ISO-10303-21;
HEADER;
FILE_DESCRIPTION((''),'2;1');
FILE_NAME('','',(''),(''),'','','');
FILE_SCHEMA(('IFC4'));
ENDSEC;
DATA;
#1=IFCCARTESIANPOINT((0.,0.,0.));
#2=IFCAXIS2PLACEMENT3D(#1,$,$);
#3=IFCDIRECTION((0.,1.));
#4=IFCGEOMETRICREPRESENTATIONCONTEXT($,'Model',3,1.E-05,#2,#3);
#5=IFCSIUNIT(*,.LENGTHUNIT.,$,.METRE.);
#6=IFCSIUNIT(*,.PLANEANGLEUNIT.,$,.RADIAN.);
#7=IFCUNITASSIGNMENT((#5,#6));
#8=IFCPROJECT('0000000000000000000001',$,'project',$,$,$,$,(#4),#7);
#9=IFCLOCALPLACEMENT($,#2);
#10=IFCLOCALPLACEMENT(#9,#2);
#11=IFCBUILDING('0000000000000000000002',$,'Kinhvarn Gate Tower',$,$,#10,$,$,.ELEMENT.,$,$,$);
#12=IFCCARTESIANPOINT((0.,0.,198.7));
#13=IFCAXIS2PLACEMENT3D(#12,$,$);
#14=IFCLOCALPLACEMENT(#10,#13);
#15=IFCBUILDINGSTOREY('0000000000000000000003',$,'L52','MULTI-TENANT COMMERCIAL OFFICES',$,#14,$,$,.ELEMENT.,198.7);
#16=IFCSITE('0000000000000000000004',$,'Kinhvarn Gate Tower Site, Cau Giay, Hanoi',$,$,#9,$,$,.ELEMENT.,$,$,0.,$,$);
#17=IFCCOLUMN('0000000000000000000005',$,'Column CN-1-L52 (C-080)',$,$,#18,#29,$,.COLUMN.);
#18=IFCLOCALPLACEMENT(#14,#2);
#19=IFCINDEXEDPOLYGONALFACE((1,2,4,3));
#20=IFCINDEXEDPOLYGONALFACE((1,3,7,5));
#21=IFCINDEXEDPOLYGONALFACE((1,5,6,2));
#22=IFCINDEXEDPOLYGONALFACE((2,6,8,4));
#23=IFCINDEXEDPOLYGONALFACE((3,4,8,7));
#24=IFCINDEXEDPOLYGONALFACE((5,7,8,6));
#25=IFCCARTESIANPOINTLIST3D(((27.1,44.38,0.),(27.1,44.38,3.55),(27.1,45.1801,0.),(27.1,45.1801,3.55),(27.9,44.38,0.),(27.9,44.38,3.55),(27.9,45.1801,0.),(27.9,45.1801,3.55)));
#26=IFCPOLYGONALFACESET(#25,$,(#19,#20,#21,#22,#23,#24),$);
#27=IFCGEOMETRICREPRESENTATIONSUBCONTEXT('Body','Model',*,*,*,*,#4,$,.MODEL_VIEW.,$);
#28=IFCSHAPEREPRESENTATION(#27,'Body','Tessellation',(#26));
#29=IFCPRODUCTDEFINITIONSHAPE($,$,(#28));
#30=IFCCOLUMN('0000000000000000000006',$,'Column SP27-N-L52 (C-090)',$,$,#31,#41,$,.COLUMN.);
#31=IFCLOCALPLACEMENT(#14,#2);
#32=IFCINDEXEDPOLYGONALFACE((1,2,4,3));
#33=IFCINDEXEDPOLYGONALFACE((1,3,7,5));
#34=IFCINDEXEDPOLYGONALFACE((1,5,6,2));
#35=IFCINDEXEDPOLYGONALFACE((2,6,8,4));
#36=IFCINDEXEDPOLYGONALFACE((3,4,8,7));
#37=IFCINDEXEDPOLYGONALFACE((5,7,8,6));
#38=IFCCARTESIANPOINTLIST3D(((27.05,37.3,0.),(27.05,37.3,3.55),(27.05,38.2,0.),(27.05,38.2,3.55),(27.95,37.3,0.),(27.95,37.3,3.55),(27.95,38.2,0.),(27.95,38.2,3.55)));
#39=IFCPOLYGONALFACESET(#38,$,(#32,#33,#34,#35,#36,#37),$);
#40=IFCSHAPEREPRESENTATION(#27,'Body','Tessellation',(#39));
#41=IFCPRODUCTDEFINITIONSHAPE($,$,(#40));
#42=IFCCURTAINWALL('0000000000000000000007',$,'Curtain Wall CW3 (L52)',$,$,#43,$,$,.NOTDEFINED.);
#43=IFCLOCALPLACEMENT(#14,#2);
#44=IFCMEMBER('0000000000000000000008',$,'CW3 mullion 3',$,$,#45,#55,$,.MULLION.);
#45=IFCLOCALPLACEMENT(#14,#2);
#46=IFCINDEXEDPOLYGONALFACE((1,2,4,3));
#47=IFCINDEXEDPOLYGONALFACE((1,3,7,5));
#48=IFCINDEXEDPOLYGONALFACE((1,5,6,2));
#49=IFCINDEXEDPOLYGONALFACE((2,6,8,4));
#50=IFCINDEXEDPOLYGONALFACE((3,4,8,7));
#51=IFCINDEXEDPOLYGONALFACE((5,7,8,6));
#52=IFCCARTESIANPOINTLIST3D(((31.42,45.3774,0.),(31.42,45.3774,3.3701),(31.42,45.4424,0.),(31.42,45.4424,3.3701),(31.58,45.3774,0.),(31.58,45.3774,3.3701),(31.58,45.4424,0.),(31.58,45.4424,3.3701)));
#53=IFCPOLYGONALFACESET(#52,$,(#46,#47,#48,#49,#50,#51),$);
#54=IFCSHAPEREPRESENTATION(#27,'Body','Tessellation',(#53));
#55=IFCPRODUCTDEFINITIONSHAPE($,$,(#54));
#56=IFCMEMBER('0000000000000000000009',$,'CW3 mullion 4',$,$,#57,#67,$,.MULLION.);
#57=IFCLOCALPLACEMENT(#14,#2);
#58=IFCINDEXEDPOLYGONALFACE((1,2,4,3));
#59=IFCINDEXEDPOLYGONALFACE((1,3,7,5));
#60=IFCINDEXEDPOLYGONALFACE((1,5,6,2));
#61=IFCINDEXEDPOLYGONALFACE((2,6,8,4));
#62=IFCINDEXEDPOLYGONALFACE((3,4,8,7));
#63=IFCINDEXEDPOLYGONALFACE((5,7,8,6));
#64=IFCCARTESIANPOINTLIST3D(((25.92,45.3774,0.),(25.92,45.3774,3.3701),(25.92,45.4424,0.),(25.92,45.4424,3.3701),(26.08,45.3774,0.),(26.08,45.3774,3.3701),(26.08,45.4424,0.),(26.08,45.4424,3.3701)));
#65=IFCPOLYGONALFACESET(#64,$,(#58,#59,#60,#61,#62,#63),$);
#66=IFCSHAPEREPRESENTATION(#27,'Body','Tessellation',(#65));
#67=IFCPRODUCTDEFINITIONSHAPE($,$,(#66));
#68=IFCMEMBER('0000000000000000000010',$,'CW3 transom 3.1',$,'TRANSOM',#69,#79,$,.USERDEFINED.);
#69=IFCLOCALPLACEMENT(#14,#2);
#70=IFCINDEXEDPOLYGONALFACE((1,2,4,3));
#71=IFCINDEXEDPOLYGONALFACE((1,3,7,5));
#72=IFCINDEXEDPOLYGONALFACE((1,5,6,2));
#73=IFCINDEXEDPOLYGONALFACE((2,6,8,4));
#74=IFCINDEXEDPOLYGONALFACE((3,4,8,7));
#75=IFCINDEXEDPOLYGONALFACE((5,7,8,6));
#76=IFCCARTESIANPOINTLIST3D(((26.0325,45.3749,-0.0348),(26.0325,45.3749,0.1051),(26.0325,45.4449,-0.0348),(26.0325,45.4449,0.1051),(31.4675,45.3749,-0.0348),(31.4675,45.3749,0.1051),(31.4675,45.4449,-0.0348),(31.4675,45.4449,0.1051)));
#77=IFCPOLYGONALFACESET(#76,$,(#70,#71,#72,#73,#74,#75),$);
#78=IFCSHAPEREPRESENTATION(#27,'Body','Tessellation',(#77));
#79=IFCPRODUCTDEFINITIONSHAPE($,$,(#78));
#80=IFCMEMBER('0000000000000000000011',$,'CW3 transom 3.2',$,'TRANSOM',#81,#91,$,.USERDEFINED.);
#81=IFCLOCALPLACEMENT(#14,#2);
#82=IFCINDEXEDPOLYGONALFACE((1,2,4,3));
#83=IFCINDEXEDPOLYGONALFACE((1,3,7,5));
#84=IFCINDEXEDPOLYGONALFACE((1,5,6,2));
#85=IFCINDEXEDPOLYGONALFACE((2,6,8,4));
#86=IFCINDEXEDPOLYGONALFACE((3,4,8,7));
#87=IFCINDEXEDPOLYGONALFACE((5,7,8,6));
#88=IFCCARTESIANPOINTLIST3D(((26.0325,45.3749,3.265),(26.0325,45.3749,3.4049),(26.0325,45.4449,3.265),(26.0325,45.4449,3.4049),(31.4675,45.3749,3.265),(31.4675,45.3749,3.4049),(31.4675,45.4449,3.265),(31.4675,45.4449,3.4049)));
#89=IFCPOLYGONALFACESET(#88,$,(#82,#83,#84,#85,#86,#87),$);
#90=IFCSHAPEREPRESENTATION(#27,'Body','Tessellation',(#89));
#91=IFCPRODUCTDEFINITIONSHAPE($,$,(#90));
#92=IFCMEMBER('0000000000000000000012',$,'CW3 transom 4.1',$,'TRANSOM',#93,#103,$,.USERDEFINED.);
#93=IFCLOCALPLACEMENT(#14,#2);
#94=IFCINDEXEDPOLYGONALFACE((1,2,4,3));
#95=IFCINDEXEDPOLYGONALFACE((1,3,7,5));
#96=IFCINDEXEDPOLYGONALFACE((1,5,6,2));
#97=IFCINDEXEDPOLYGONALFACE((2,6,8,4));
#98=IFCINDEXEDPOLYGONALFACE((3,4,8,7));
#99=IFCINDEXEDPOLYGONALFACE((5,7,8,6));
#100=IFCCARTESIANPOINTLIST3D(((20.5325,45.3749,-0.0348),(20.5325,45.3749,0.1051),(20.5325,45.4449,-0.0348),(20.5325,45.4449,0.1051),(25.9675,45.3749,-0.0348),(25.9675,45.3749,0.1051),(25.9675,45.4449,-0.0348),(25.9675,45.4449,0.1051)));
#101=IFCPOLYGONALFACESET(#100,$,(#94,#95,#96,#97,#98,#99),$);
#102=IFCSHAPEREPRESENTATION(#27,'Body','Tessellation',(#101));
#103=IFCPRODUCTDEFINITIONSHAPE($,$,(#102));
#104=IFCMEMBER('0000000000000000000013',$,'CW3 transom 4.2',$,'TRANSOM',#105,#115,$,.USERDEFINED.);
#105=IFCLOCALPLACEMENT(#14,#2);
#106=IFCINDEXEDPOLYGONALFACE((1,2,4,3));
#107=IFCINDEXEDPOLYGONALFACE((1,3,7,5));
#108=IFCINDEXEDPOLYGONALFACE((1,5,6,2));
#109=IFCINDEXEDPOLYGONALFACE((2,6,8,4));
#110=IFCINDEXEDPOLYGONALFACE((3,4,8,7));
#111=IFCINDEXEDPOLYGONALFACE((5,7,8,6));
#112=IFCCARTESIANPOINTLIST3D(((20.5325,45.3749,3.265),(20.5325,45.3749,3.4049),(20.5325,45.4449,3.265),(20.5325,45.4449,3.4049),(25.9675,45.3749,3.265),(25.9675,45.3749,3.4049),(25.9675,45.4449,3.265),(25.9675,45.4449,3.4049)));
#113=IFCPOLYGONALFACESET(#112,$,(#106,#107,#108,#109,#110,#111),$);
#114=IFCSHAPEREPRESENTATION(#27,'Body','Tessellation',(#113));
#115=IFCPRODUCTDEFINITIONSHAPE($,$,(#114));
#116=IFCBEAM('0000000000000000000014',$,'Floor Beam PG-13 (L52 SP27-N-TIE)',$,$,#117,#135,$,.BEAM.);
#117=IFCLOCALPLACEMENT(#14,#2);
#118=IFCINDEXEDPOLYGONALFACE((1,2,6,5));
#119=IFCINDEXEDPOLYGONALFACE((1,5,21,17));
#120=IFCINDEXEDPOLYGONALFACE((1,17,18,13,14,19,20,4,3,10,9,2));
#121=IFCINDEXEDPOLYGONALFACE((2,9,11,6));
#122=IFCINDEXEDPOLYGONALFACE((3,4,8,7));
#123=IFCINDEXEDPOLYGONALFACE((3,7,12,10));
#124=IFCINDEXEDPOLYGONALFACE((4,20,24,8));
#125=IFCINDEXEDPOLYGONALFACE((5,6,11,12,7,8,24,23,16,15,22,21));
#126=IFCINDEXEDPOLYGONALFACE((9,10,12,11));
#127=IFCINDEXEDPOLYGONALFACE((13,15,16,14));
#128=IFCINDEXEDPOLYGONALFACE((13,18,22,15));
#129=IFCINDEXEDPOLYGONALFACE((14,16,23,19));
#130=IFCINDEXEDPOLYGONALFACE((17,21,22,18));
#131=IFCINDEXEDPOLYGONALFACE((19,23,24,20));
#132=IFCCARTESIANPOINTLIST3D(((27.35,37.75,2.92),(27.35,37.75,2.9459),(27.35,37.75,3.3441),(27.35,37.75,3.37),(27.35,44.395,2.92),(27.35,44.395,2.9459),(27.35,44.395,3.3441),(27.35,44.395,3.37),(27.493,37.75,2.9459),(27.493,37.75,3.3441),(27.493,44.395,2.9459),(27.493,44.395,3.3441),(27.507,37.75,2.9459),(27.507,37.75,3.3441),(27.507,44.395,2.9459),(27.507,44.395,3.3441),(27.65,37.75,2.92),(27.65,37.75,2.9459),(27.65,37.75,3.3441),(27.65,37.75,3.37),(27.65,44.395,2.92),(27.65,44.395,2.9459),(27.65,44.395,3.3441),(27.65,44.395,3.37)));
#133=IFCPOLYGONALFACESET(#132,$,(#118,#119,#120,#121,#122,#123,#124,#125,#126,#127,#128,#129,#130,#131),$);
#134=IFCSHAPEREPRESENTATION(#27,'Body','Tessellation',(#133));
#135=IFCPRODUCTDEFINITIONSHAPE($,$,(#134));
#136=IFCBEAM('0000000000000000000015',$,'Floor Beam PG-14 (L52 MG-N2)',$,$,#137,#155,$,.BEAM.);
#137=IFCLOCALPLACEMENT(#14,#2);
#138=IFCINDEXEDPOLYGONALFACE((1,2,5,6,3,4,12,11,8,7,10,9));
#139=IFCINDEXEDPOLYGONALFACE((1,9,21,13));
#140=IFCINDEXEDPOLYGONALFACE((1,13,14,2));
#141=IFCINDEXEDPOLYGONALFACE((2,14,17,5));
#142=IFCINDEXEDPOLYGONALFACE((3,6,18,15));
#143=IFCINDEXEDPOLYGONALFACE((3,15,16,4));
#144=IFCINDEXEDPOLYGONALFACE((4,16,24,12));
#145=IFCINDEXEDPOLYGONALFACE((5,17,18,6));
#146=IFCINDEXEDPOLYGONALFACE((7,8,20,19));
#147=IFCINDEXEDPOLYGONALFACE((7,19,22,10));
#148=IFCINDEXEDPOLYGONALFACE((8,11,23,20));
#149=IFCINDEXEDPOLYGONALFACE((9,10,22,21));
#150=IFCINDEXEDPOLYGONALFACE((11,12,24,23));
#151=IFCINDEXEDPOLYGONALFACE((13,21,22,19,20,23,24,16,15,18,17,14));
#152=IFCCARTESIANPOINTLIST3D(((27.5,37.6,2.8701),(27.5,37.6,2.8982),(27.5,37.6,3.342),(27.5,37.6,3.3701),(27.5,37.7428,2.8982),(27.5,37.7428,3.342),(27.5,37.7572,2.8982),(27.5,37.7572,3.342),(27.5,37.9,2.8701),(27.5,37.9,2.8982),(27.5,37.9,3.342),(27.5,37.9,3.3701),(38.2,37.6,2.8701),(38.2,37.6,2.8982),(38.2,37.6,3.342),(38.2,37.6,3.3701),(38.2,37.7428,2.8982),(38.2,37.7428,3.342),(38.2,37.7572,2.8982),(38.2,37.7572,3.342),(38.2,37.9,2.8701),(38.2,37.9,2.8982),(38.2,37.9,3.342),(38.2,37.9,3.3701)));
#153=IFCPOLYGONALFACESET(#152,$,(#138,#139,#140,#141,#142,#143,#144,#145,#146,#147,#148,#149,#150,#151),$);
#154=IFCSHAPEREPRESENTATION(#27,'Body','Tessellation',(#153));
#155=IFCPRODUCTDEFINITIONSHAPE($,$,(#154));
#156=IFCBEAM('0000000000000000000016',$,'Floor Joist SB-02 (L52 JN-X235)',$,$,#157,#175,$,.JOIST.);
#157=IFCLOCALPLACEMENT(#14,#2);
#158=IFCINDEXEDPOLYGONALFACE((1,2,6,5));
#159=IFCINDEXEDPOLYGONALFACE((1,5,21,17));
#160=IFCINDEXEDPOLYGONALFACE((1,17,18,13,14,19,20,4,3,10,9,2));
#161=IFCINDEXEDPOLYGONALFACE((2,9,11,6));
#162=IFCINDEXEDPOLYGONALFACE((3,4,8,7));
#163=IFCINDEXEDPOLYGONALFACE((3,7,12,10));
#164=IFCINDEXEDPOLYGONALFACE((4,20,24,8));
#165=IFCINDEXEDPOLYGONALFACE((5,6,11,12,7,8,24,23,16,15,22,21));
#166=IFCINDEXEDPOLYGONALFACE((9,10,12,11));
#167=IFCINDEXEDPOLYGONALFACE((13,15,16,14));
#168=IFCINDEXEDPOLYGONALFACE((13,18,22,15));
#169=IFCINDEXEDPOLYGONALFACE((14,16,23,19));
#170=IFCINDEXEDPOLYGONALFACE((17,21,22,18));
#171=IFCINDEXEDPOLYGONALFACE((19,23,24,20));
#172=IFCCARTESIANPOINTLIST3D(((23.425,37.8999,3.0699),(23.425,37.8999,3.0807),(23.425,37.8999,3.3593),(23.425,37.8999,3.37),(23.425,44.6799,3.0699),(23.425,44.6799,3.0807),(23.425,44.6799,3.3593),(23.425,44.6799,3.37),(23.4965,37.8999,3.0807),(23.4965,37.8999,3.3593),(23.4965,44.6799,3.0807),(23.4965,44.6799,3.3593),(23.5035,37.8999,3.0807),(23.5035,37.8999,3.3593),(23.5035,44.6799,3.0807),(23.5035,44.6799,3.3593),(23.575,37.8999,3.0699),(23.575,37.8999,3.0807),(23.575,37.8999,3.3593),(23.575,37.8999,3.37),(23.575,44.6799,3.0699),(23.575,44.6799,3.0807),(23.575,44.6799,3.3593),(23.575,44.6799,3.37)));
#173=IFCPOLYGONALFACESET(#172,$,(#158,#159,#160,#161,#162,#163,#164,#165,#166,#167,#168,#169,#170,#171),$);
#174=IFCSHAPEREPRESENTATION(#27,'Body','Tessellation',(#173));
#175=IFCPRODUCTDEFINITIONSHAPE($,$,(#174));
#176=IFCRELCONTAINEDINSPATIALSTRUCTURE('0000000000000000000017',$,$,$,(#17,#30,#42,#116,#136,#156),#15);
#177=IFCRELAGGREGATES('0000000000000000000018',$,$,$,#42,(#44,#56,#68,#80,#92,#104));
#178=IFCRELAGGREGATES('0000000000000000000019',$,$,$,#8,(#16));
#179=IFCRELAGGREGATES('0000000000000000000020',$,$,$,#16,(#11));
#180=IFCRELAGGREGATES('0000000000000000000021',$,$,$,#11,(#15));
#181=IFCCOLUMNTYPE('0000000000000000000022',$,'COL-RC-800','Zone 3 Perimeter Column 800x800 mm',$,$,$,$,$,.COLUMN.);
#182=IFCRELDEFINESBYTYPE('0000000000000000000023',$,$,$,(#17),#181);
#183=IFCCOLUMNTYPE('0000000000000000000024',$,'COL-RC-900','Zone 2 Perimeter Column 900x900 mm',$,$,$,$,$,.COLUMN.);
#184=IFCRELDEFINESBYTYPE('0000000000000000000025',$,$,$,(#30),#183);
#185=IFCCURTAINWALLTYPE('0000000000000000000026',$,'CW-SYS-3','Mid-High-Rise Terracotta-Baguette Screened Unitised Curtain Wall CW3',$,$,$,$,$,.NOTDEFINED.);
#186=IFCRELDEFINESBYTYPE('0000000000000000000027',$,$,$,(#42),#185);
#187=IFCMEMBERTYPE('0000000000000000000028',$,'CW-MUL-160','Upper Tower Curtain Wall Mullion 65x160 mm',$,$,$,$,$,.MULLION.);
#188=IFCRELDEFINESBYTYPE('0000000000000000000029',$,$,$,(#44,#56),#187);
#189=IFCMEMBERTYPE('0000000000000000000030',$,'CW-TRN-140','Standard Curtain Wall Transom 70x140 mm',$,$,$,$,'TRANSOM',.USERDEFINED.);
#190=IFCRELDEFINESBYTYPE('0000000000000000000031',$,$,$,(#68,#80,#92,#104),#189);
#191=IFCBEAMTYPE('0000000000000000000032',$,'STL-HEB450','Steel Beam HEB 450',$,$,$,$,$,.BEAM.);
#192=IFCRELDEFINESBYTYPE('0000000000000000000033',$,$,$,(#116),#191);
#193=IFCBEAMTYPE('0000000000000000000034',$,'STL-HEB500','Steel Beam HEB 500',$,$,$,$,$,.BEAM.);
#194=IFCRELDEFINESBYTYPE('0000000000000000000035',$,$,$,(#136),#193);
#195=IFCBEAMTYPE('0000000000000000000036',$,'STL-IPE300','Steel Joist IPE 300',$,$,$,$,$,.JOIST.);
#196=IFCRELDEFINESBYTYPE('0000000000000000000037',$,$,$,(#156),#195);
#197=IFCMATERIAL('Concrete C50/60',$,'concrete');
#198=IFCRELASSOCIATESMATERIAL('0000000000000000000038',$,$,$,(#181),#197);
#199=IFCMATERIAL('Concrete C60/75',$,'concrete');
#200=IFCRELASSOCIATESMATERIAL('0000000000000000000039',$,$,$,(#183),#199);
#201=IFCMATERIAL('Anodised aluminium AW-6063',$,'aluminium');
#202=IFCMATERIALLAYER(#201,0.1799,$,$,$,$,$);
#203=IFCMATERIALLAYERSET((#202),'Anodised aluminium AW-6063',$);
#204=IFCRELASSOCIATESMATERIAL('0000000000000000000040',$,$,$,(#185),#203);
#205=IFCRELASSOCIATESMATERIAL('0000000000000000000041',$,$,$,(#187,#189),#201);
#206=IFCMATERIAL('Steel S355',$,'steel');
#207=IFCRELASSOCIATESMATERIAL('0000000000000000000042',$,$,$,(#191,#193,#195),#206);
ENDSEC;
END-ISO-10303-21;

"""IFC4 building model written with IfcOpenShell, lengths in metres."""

from ifc_helpers import new_model, si_unit, direction, frame, origin, origin_2d, place, context, subcontext, project, spatial, rectangle, i_section, extrude, material, layer, layer_set, material_profile, profile_set, type_object, element, aggregate, save


model = new_model("IFC4")

# Units and contexts
model_context = context("Model", 3, precision=1e-05, world=origin(), true_north=direction((0.0, 1.0)))
body_context = subcontext(model_context, "Body", "Model", "MODEL_VIEW")
ifc_project = project(units=[si_unit("LENGTHUNIT", "METRE"), si_unit("PLANEANGLEUNIT", "RADIAN")], contexts=[model_context])

# Site, building, storey
site_placement = place(None, origin())
site = spatial("IfcSite", under=ifc_project, at=site_placement, Name="Kinhvarn Gate Tower Site, Cau Giay, Hanoi", CompositionType="ELEMENT", RefElevation=0.0)
building_placement = place(site_placement, origin())
building = spatial("IfcBuilding", under=site, at=building_placement, Name="Kinhvarn Gate Tower", CompositionType="ELEMENT")
storey_placement = place(building_placement, frame((0.0, 0.0, 198.7)))
storey = spatial("IfcBuildingStorey", under=building, at=storey_placement, Name="L52", Description="MULTI-TENANT COMMERCIAL OFFICES", CompositionType="ELEMENT", Elevation=198.7)

# Columns
ifc_material_1 = material(Name="Concrete C50/60", Category="concrete")
ifc_material_profile_1 = material_profile(ifc_material_1, rectangle(XDim=0.8, YDim=0.8, at=origin_2d()), Name="RC 800x800")
ifc_profile_set_1 = profile_set([ifc_material_profile_1], Name="Concrete C50/60")
column_type_1 = type_object("IfcColumnType", Name="COL-RC-800", Description="Zone 3 Perimeter Column 800x800 mm", PredefinedType="COLUMN", material=ifc_profile_set_1)
column_1_placement = place(storey_placement, frame((27.5, 44.78, 0.0), z_axis=(0.0, 0.0, 1.0), x_axis=(1.0, 0.0, 0.0)))
element("IfcColumn", 1, at=column_1_placement, inside=storey, type_object=column_type_1, Name="Column CN-1-L52 (C-080)", PredefinedType="COLUMN", context=body_context, shape_type="SweptSolid", body=[
    extrude(rectangle(XDim=0.8, YDim=0.8, at=origin_2d()), origin(), (0.0, 0.0, 1.0), 3.55),
])
ifc_material_2 = material(Name="Concrete C60/75", Category="concrete")
ifc_material_profile_2 = material_profile(ifc_material_2, rectangle(XDim=0.8999, YDim=0.8999, at=origin_2d()), Name="RC 900x900")
ifc_profile_set_2 = profile_set([ifc_material_profile_2], Name="Concrete C60/75")
column_type_2 = type_object("IfcColumnType", Name="COL-RC-900", Description="Zone 2 Perimeter Column 900x900 mm", PredefinedType="COLUMN", material=ifc_profile_set_2)
column_2_placement = place(storey_placement, frame((27.5, 37.75, 0.0), z_axis=(0.0, 0.0, 1.0), x_axis=(1.0, 0.0, 0.0)))
element("IfcColumn", 2, at=column_2_placement, inside=storey, type_object=column_type_2, Name="Column SP27-N-L52 (C-090)", PredefinedType="COLUMN", context=body_context, shape_type="SweptSolid", body=[
    extrude(rectangle(XDim=0.8999, YDim=0.8999, at=origin_2d()), origin(), (0.0, 0.0, 1.0), 3.55),
])

# Curtain wall, members
ifc_material_3 = material(Name="Anodised aluminium AW-6063", Category="aluminium")
ifc_layer_1 = layer(ifc_material_3, 0.1799)
ifc_layer_set_1 = layer_set([ifc_layer_1], Name="Anodised aluminium AW-6063")
curtain_wall_type = type_object("IfcCurtainWallType", Name="CW-SYS-3", Description="Mid-High-Rise Terracotta-Baguette Screened Unitised Curtain Wall CW3", PredefinedType="NOTDEFINED", material=ifc_layer_set_1)
curtain_wall_placement = place(storey_placement, origin())
curtain_wall = element("IfcCurtainWall", 3, at=curtain_wall_placement, inside=storey, type_object=curtain_wall_type, Name="Curtain Wall CW3 (L52)", PredefinedType="NOTDEFINED")
ifc_material_profile_3 = material_profile(ifc_material_3, rectangle(XDim=0.0649, YDim=0.1599, at=origin_2d()), Name="ALU 65x160")
ifc_profile_set_3 = profile_set([ifc_material_profile_3], Name="Anodised aluminium AW-6063")
member_type_1 = type_object("IfcMemberType", Name="CW-MUL-160", Description="Upper Tower Curtain Wall Mullion 65x160 mm", PredefinedType="MULLION", material=ifc_profile_set_3)
member_1_placement = place(storey_placement, frame((31.5, 45.4099, 0.0), z_axis=(0.0, 0.0, 1.0), x_axis=(0.0, -1.0, 0.0)))
member_1 = element("IfcMember", 4, at=member_1_placement, type_object=member_type_1, Name="CW3 mullion 3", PredefinedType="MULLION", context=body_context, shape_type="SweptSolid", body=[
    extrude(rectangle(XDim=0.0649, YDim=0.1599, at=origin_2d()), origin(), (0.0, 0.0, 1.0), 3.3701),
])
member_2_placement = place(storey_placement, frame((26.0, 45.4099, 0.0), z_axis=(0.0, 0.0, 1.0), x_axis=(0.0, -1.0, 0.0)))
member_2 = element("IfcMember", 5, at=member_2_placement, type_object=member_type_1, Name="CW3 mullion 4", PredefinedType="MULLION", context=body_context, shape_type="SweptSolid", body=[
    extrude(rectangle(XDim=0.0649, YDim=0.1599, at=origin_2d()), origin(), (0.0, 0.0, 1.0), 3.3701),
])
ifc_material_profile_4 = material_profile(ifc_material_3, rectangle(XDim=0.0701, YDim=0.1399, at=origin_2d()), Name="ALU 70x140")
ifc_profile_set_4 = profile_set([ifc_material_profile_4], Name="Anodised aluminium AW-6063")
member_type_2 = type_object("IfcMemberType", Name="CW-TRN-140", Description="Standard Curtain Wall Transom 70x140 mm", ElementType="TRANSOM", PredefinedType="USERDEFINED", material=ifc_profile_set_4)
member_3_placement = place(storey_placement, frame((31.4675, 45.4099, 0.0352), z_axis=(-1.0, 0.0, 0.0), x_axis=(0.0, -1.0, 0.0)))
member_3 = element("IfcMember", 6, at=member_3_placement, type_object=member_type_2, Name="CW3 transom 3.1", ObjectType="TRANSOM", PredefinedType="USERDEFINED", context=body_context, shape_type="SweptSolid", body=[
    extrude(rectangle(XDim=0.0701, YDim=0.1399, at=origin_2d()), origin(), (0.0, 0.0, 1.0), 5.4351),
])
member_4_placement = place(storey_placement, frame((31.4675, 45.4099, 3.335), z_axis=(-1.0, 0.0, 0.0), x_axis=(0.0, -1.0, 0.0)))
member_4 = element("IfcMember", 7, at=member_4_placement, type_object=member_type_2, Name="CW3 transom 3.2", ObjectType="TRANSOM", PredefinedType="USERDEFINED", context=body_context, shape_type="SweptSolid", body=[
    extrude(rectangle(XDim=0.0701, YDim=0.1399, at=origin_2d()), origin(), (0.0, 0.0, 1.0), 5.4351),
])
member_5_placement = place(storey_placement, frame((25.9675, 45.4099, 0.0352), z_axis=(-1.0, 0.0, 0.0), x_axis=(0.0, -1.0, 0.0)))
member_5 = element("IfcMember", 8, at=member_5_placement, type_object=member_type_2, Name="CW3 transom 4.1", ObjectType="TRANSOM", PredefinedType="USERDEFINED", context=body_context, shape_type="SweptSolid", body=[
    extrude(rectangle(XDim=0.0701, YDim=0.1399, at=origin_2d()), origin(), (0.0, 0.0, 1.0), 5.4351),
])
member_6_placement = place(storey_placement, frame((25.9675, 45.4099, 3.335), z_axis=(-1.0, 0.0, 0.0), x_axis=(0.0, -1.0, 0.0)))
member_6 = element("IfcMember", 9, at=member_6_placement, type_object=member_type_2, Name="CW3 transom 4.2", ObjectType="TRANSOM", PredefinedType="USERDEFINED", context=body_context, shape_type="SweptSolid", body=[
    extrude(rectangle(XDim=0.0701, YDim=0.1399, at=origin_2d()), origin(), (0.0, 0.0, 1.0), 5.4351),
])

# Beams
ifc_material_4 = material(Name="Steel S355", Category="steel")
ifc_material_profile_5 = material_profile(ifc_material_4, i_section(OverallWidth=0.3, OverallDepth=0.45, WebThickness=0.0139, FlangeThickness=0.0259, at=origin_2d()), Name="HEB 450")
ifc_profile_set_5 = profile_set([ifc_material_profile_5], Name="Steel S355")
beam_type_1 = type_object("IfcBeamType", Name="STL-HEB450", Description="Steel Beam HEB 450", PredefinedType="BEAM", material=ifc_profile_set_5)
beam_1_placement = place(storey_placement, frame((27.5, 37.75, 3.145), z_axis=(0.0, 1.0, 0.0), x_axis=(-1.0, 0.0, 0.0)))
element("IfcBeam", 10, at=beam_1_placement, inside=storey, type_object=beam_type_1, Name="Floor Beam PG-13 (L52 SP27-N-TIE)", PredefinedType="BEAM", context=body_context, shape_type="SweptSolid", body=[
    extrude(i_section(OverallWidth=0.3, OverallDepth=0.45, WebThickness=0.0139, FlangeThickness=0.0259, at=origin_2d()), origin(), (0.0, 0.0, 1.0), 6.645),
])
ifc_material_profile_6 = material_profile(ifc_material_4, i_section(OverallWidth=0.3, OverallDepth=0.5, WebThickness=0.0144, FlangeThickness=0.0281, at=origin_2d()), Name="HEB 500")
ifc_profile_set_6 = profile_set([ifc_material_profile_6], Name="Steel S355")
beam_type_2 = type_object("IfcBeamType", Name="STL-HEB500", Description="Steel Beam HEB 500", PredefinedType="BEAM", material=ifc_profile_set_6)
beam_2_placement = place(storey_placement, frame((27.5, 37.75, 3.1201), z_axis=(1.0, 0.0, 0.0), x_axis=(0.0, 1.0, 0.0)))
element("IfcBeam", 11, at=beam_2_placement, inside=storey, type_object=beam_type_2, Name="Floor Beam PG-14 (L52 MG-N2)", PredefinedType="BEAM", context=body_context, shape_type="SweptSolid", body=[
    extrude(i_section(OverallWidth=0.3, OverallDepth=0.5, WebThickness=0.0144, FlangeThickness=0.0281, at=origin_2d()), origin(), (0.0, 0.0, 1.0), 10.7),
])
ifc_material_profile_7 = material_profile(ifc_material_4, i_section(OverallWidth=0.1499, OverallDepth=0.3, WebThickness=0.0071, FlangeThickness=0.0107, at=origin_2d()), Name="IPE 300")
ifc_profile_set_7 = profile_set([ifc_material_profile_7], Name="Steel S355")
beam_type_3 = type_object("IfcBeamType", Name="STL-IPE300", Description="Steel Joist IPE 300", PredefinedType="JOIST", material=ifc_profile_set_7)
for number, where, z_axis, x_axis, name in (
    (12, (23.5, 37.8999, 3.22), (0.0, 1.0, 0.0), (-1.0, 0.0, 0.0), "Floor Joist SB-02 (L52 JN-X235)"),
):
    element("IfcBeam", number, at=place(storey_placement, frame(where, z_axis=z_axis, x_axis=x_axis)), inside=storey, type_object=beam_type_3, Name=name, PredefinedType="JOIST", context=body_context, shape_type="SweptSolid", body=[
        extrude(i_section(OverallWidth=0.1499, OverallDepth=0.3, WebThickness=0.0071, FlangeThickness=0.0107, at=origin_2d()), origin(), (0.0, 0.0, 1.0), 6.78),
    ])

aggregate(curtain_wall, [member_1, member_2, member_3, member_4, member_5, member_6])

save(model, "model.ifc")
